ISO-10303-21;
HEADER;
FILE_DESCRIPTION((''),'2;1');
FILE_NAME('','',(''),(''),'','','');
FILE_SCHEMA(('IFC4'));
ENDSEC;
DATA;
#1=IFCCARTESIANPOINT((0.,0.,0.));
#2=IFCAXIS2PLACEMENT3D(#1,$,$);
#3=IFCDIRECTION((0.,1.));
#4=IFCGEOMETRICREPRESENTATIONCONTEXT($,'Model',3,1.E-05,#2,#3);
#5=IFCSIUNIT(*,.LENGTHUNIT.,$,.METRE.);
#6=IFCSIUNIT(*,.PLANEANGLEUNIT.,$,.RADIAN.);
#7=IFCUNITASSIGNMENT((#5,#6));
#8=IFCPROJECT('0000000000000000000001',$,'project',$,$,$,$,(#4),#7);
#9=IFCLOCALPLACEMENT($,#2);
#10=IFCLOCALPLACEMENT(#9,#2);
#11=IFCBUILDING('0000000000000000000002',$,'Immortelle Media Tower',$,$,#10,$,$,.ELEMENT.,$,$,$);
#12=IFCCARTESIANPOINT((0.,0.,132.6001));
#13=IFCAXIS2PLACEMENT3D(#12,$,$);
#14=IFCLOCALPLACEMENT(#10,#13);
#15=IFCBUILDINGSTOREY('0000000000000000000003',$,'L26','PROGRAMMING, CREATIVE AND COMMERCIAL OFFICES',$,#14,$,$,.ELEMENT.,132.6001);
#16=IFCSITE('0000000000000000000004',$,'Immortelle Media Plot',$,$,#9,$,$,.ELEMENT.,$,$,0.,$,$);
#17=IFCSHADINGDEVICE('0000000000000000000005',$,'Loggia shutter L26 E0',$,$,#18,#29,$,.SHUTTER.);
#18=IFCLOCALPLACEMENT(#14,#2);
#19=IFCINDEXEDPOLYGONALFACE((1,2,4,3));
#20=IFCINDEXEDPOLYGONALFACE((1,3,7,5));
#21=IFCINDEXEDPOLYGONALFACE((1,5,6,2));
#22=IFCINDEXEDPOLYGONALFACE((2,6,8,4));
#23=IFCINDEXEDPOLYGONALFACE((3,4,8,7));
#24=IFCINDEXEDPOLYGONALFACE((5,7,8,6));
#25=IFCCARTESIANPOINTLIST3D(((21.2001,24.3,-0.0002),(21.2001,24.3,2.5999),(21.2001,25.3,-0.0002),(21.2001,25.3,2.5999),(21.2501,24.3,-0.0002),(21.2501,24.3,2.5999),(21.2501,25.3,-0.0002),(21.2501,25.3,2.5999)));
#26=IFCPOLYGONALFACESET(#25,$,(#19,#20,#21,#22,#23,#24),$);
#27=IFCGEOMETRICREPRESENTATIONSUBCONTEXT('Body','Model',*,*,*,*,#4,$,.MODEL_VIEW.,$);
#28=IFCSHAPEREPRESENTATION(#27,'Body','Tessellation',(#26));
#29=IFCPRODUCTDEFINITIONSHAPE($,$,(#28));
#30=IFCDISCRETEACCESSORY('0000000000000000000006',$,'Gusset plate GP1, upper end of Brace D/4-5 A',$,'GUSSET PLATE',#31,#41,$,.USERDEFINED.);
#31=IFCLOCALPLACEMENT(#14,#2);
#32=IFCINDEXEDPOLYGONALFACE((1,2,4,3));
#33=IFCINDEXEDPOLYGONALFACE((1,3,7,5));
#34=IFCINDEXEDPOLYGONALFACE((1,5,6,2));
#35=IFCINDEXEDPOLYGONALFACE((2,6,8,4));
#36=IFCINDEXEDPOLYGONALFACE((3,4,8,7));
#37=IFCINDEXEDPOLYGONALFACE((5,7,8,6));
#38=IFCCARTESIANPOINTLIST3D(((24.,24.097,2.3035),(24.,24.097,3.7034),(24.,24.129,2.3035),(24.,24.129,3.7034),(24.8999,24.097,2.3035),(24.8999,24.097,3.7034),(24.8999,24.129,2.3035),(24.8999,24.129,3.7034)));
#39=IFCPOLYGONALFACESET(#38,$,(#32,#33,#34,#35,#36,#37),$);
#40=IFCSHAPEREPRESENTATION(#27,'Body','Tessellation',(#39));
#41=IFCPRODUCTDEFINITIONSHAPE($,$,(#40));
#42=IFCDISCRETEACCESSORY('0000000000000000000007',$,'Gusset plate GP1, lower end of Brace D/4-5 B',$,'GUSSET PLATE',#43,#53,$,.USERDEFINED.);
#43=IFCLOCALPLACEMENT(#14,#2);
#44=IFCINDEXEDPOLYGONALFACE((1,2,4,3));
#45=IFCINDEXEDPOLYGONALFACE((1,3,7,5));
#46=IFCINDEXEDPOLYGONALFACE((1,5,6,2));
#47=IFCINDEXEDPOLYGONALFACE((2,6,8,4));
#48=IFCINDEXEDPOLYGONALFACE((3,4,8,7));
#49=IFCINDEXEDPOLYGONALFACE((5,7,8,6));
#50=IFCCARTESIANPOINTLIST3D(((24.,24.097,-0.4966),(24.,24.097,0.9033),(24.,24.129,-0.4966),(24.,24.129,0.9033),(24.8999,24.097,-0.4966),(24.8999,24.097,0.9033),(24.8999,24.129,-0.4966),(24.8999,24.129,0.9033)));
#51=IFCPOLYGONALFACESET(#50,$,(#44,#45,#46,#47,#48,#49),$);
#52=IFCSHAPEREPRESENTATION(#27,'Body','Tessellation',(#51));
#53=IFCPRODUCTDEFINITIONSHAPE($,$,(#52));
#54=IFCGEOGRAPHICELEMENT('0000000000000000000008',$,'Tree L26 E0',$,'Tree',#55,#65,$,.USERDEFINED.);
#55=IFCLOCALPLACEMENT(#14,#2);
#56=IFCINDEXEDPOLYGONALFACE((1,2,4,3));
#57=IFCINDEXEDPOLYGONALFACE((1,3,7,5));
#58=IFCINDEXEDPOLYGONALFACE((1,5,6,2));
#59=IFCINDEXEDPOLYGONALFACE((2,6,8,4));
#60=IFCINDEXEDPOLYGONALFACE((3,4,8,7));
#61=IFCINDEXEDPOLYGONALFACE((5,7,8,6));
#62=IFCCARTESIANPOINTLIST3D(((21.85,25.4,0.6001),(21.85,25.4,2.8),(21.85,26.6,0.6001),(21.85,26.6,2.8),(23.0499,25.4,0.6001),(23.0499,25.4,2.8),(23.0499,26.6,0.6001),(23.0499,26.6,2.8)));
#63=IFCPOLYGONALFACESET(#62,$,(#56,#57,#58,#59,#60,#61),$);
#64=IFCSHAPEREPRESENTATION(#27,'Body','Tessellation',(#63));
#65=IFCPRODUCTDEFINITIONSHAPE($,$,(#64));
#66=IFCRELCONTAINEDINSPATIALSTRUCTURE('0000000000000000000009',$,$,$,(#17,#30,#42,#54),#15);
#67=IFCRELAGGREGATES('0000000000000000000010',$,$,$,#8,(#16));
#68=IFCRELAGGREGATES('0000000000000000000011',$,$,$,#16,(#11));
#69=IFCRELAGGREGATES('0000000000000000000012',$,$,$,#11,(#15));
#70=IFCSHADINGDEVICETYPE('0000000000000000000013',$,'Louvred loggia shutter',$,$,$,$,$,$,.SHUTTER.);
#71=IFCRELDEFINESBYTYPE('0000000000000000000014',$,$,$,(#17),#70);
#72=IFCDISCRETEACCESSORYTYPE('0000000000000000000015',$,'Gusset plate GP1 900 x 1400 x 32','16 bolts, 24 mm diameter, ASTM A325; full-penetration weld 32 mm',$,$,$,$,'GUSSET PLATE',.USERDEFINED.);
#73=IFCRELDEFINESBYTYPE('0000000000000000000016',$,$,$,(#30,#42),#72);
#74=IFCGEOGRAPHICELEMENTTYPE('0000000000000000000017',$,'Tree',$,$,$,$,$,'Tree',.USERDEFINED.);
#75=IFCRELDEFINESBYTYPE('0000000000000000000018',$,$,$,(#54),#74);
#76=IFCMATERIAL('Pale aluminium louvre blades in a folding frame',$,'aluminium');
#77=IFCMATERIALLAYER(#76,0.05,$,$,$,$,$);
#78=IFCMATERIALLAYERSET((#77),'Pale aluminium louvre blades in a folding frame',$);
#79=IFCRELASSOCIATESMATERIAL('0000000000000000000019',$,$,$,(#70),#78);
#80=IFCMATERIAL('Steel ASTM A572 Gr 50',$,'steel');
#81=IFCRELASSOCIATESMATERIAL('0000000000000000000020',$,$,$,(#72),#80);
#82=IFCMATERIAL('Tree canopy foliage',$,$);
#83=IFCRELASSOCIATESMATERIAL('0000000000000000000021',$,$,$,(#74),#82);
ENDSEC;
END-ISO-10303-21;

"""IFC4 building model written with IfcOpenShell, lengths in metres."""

from ifc_helpers import new_model, si_unit, direction, frame, origin, origin_2d, place, context, subcontext, project, spatial, rectangle, extrude, material, layer, layer_set, material_profile, profile_set, type_object, element, save


model = new_model("IFC4")

# Units and contexts
model_context = context("Model", 3, precision=1e-05, world=origin(), true_north=direction((0.0, 1.0)))
body_context = subcontext(model_context, "Body", "Model", "MODEL_VIEW")
ifc_project = project(units=[si_unit("LENGTHUNIT", "METRE"), si_unit("PLANEANGLEUNIT", "RADIAN")], contexts=[model_context])

# Site, building, storey
site_placement = place(None, origin())
site = spatial("IfcSite", under=ifc_project, at=site_placement, Name="Immortelle Media Plot", CompositionType="ELEMENT", RefElevation=0.0)
building_placement = place(site_placement, origin())
building = spatial("IfcBuilding", under=site, at=building_placement, Name="Immortelle Media Tower", CompositionType="ELEMENT")
storey_placement = place(building_placement, frame((0.0, 0.0, 132.6001)))
storey = spatial("IfcBuildingStorey", under=building, at=storey_placement, Name="L26", Description="PROGRAMMING, CREATIVE AND COMMERCIAL OFFICES", CompositionType="ELEMENT", Elevation=132.6001)

# Shading device
ifc_material_1 = material(Name="Pale aluminium louvre blades in a folding frame", Category="aluminium")
ifc_layer_1 = layer(ifc_material_1, 0.05)
ifc_layer_set_1 = layer_set([ifc_layer_1], Name="Pale aluminium louvre blades in a folding frame")
shading_device_type_1 = type_object("IfcShadingDeviceType", Name="Louvred loggia shutter", PredefinedType="SHUTTER", material=ifc_layer_set_1)
shading_device_1_placement = place(storey_placement, frame((21.2251, 24.8, -0.0002), z_axis=(0.0, 0.0, 1.0), x_axis=(0.0, 1.0, 0.0)))
element("IfcShadingDevice", 1, at=shading_device_1_placement, inside=storey, type_object=shading_device_type_1, Name="Loggia shutter L26 E0", PredefinedType="SHUTTER", context=body_context, shape_type="SweptSolid", body=[
    extrude(rectangle(XDim=1.0, YDim=0.05, at=origin_2d()), origin(), (0.0, 0.0, 1.0), 2.6001),
])

# Discrete accessories
ifc_material_2 = material(Name="Steel ASTM A572 Gr 50", Category="steel")
ifc_material_profile_1 = material_profile(ifc_material_2, rectangle(XDim=0.032, YDim=1.3999, at=origin_2d()), Name="PL 32 x 1400")
ifc_profile_set_1 = profile_set([ifc_material_profile_1], Name="Steel ASTM A572 Gr 50")
discrete_accessory_type = type_object("IfcDiscreteAccessoryType", Name="Gusset plate GP1 900 x 1400 x 32", Description="16 bolts, 24 mm diameter, ASTM A325; full-penetration weld 32 mm", ElementType="GUSSET PLATE", PredefinedType="USERDEFINED", material=ifc_profile_set_1)
for number, where, z_axis, x_axis, name in (
    (2, (24.0, 24.113, 3.0034), (1.0, 0.0, 0.0), (0.0, 1.0, 0.0), "Gusset plate GP1, upper end of Brace D/4-5 A"),
    (3, (24.0, 24.113, 0.2034), (1.0, 0.0, 0.0), (0.0, 1.0, 0.0), "Gusset plate GP1, lower end of Brace D/4-5 B"),
):
    element("IfcDiscreteAccessory", number, at=place(storey_placement, frame(where, z_axis=z_axis, x_axis=x_axis)), inside=storey, type_object=discrete_accessory_type, Name=name, ObjectType="GUSSET PLATE", PredefinedType="USERDEFINED", context=body_context, shape_type="SweptSolid", body=[
        extrude(rectangle(XDim=0.032, YDim=1.3999, at=origin_2d()), origin(), (0.0, 0.0, 1.0), 0.8999),
    ])

# Geographic element
ifc_material_3 = material(Name="Tree canopy foliage")
geographic_element_type = type_object("IfcGeographicElementType", Name="Tree", ElementType="Tree", PredefinedType="USERDEFINED", material=ifc_material_3)
geographic_element_placement = place(storey_placement, frame((22.45, 26.0, 0.6001), z_axis=(0.0, 0.0, 1.0), x_axis=(1.0, 0.0, 0.0)))
element("IfcGeographicElement", 4, at=geographic_element_placement, inside=storey, type_object=geographic_element_type, Name="Tree L26 E0", ObjectType="Tree", PredefinedType="USERDEFINED", context=body_context, shape_type="SweptSolid", body=[
    extrude(rectangle(XDim=1.2, YDim=1.2, at=origin_2d()), origin(), (0.0, 0.0, 1.0), 2.2),
])

save(model, "model.ifc")
